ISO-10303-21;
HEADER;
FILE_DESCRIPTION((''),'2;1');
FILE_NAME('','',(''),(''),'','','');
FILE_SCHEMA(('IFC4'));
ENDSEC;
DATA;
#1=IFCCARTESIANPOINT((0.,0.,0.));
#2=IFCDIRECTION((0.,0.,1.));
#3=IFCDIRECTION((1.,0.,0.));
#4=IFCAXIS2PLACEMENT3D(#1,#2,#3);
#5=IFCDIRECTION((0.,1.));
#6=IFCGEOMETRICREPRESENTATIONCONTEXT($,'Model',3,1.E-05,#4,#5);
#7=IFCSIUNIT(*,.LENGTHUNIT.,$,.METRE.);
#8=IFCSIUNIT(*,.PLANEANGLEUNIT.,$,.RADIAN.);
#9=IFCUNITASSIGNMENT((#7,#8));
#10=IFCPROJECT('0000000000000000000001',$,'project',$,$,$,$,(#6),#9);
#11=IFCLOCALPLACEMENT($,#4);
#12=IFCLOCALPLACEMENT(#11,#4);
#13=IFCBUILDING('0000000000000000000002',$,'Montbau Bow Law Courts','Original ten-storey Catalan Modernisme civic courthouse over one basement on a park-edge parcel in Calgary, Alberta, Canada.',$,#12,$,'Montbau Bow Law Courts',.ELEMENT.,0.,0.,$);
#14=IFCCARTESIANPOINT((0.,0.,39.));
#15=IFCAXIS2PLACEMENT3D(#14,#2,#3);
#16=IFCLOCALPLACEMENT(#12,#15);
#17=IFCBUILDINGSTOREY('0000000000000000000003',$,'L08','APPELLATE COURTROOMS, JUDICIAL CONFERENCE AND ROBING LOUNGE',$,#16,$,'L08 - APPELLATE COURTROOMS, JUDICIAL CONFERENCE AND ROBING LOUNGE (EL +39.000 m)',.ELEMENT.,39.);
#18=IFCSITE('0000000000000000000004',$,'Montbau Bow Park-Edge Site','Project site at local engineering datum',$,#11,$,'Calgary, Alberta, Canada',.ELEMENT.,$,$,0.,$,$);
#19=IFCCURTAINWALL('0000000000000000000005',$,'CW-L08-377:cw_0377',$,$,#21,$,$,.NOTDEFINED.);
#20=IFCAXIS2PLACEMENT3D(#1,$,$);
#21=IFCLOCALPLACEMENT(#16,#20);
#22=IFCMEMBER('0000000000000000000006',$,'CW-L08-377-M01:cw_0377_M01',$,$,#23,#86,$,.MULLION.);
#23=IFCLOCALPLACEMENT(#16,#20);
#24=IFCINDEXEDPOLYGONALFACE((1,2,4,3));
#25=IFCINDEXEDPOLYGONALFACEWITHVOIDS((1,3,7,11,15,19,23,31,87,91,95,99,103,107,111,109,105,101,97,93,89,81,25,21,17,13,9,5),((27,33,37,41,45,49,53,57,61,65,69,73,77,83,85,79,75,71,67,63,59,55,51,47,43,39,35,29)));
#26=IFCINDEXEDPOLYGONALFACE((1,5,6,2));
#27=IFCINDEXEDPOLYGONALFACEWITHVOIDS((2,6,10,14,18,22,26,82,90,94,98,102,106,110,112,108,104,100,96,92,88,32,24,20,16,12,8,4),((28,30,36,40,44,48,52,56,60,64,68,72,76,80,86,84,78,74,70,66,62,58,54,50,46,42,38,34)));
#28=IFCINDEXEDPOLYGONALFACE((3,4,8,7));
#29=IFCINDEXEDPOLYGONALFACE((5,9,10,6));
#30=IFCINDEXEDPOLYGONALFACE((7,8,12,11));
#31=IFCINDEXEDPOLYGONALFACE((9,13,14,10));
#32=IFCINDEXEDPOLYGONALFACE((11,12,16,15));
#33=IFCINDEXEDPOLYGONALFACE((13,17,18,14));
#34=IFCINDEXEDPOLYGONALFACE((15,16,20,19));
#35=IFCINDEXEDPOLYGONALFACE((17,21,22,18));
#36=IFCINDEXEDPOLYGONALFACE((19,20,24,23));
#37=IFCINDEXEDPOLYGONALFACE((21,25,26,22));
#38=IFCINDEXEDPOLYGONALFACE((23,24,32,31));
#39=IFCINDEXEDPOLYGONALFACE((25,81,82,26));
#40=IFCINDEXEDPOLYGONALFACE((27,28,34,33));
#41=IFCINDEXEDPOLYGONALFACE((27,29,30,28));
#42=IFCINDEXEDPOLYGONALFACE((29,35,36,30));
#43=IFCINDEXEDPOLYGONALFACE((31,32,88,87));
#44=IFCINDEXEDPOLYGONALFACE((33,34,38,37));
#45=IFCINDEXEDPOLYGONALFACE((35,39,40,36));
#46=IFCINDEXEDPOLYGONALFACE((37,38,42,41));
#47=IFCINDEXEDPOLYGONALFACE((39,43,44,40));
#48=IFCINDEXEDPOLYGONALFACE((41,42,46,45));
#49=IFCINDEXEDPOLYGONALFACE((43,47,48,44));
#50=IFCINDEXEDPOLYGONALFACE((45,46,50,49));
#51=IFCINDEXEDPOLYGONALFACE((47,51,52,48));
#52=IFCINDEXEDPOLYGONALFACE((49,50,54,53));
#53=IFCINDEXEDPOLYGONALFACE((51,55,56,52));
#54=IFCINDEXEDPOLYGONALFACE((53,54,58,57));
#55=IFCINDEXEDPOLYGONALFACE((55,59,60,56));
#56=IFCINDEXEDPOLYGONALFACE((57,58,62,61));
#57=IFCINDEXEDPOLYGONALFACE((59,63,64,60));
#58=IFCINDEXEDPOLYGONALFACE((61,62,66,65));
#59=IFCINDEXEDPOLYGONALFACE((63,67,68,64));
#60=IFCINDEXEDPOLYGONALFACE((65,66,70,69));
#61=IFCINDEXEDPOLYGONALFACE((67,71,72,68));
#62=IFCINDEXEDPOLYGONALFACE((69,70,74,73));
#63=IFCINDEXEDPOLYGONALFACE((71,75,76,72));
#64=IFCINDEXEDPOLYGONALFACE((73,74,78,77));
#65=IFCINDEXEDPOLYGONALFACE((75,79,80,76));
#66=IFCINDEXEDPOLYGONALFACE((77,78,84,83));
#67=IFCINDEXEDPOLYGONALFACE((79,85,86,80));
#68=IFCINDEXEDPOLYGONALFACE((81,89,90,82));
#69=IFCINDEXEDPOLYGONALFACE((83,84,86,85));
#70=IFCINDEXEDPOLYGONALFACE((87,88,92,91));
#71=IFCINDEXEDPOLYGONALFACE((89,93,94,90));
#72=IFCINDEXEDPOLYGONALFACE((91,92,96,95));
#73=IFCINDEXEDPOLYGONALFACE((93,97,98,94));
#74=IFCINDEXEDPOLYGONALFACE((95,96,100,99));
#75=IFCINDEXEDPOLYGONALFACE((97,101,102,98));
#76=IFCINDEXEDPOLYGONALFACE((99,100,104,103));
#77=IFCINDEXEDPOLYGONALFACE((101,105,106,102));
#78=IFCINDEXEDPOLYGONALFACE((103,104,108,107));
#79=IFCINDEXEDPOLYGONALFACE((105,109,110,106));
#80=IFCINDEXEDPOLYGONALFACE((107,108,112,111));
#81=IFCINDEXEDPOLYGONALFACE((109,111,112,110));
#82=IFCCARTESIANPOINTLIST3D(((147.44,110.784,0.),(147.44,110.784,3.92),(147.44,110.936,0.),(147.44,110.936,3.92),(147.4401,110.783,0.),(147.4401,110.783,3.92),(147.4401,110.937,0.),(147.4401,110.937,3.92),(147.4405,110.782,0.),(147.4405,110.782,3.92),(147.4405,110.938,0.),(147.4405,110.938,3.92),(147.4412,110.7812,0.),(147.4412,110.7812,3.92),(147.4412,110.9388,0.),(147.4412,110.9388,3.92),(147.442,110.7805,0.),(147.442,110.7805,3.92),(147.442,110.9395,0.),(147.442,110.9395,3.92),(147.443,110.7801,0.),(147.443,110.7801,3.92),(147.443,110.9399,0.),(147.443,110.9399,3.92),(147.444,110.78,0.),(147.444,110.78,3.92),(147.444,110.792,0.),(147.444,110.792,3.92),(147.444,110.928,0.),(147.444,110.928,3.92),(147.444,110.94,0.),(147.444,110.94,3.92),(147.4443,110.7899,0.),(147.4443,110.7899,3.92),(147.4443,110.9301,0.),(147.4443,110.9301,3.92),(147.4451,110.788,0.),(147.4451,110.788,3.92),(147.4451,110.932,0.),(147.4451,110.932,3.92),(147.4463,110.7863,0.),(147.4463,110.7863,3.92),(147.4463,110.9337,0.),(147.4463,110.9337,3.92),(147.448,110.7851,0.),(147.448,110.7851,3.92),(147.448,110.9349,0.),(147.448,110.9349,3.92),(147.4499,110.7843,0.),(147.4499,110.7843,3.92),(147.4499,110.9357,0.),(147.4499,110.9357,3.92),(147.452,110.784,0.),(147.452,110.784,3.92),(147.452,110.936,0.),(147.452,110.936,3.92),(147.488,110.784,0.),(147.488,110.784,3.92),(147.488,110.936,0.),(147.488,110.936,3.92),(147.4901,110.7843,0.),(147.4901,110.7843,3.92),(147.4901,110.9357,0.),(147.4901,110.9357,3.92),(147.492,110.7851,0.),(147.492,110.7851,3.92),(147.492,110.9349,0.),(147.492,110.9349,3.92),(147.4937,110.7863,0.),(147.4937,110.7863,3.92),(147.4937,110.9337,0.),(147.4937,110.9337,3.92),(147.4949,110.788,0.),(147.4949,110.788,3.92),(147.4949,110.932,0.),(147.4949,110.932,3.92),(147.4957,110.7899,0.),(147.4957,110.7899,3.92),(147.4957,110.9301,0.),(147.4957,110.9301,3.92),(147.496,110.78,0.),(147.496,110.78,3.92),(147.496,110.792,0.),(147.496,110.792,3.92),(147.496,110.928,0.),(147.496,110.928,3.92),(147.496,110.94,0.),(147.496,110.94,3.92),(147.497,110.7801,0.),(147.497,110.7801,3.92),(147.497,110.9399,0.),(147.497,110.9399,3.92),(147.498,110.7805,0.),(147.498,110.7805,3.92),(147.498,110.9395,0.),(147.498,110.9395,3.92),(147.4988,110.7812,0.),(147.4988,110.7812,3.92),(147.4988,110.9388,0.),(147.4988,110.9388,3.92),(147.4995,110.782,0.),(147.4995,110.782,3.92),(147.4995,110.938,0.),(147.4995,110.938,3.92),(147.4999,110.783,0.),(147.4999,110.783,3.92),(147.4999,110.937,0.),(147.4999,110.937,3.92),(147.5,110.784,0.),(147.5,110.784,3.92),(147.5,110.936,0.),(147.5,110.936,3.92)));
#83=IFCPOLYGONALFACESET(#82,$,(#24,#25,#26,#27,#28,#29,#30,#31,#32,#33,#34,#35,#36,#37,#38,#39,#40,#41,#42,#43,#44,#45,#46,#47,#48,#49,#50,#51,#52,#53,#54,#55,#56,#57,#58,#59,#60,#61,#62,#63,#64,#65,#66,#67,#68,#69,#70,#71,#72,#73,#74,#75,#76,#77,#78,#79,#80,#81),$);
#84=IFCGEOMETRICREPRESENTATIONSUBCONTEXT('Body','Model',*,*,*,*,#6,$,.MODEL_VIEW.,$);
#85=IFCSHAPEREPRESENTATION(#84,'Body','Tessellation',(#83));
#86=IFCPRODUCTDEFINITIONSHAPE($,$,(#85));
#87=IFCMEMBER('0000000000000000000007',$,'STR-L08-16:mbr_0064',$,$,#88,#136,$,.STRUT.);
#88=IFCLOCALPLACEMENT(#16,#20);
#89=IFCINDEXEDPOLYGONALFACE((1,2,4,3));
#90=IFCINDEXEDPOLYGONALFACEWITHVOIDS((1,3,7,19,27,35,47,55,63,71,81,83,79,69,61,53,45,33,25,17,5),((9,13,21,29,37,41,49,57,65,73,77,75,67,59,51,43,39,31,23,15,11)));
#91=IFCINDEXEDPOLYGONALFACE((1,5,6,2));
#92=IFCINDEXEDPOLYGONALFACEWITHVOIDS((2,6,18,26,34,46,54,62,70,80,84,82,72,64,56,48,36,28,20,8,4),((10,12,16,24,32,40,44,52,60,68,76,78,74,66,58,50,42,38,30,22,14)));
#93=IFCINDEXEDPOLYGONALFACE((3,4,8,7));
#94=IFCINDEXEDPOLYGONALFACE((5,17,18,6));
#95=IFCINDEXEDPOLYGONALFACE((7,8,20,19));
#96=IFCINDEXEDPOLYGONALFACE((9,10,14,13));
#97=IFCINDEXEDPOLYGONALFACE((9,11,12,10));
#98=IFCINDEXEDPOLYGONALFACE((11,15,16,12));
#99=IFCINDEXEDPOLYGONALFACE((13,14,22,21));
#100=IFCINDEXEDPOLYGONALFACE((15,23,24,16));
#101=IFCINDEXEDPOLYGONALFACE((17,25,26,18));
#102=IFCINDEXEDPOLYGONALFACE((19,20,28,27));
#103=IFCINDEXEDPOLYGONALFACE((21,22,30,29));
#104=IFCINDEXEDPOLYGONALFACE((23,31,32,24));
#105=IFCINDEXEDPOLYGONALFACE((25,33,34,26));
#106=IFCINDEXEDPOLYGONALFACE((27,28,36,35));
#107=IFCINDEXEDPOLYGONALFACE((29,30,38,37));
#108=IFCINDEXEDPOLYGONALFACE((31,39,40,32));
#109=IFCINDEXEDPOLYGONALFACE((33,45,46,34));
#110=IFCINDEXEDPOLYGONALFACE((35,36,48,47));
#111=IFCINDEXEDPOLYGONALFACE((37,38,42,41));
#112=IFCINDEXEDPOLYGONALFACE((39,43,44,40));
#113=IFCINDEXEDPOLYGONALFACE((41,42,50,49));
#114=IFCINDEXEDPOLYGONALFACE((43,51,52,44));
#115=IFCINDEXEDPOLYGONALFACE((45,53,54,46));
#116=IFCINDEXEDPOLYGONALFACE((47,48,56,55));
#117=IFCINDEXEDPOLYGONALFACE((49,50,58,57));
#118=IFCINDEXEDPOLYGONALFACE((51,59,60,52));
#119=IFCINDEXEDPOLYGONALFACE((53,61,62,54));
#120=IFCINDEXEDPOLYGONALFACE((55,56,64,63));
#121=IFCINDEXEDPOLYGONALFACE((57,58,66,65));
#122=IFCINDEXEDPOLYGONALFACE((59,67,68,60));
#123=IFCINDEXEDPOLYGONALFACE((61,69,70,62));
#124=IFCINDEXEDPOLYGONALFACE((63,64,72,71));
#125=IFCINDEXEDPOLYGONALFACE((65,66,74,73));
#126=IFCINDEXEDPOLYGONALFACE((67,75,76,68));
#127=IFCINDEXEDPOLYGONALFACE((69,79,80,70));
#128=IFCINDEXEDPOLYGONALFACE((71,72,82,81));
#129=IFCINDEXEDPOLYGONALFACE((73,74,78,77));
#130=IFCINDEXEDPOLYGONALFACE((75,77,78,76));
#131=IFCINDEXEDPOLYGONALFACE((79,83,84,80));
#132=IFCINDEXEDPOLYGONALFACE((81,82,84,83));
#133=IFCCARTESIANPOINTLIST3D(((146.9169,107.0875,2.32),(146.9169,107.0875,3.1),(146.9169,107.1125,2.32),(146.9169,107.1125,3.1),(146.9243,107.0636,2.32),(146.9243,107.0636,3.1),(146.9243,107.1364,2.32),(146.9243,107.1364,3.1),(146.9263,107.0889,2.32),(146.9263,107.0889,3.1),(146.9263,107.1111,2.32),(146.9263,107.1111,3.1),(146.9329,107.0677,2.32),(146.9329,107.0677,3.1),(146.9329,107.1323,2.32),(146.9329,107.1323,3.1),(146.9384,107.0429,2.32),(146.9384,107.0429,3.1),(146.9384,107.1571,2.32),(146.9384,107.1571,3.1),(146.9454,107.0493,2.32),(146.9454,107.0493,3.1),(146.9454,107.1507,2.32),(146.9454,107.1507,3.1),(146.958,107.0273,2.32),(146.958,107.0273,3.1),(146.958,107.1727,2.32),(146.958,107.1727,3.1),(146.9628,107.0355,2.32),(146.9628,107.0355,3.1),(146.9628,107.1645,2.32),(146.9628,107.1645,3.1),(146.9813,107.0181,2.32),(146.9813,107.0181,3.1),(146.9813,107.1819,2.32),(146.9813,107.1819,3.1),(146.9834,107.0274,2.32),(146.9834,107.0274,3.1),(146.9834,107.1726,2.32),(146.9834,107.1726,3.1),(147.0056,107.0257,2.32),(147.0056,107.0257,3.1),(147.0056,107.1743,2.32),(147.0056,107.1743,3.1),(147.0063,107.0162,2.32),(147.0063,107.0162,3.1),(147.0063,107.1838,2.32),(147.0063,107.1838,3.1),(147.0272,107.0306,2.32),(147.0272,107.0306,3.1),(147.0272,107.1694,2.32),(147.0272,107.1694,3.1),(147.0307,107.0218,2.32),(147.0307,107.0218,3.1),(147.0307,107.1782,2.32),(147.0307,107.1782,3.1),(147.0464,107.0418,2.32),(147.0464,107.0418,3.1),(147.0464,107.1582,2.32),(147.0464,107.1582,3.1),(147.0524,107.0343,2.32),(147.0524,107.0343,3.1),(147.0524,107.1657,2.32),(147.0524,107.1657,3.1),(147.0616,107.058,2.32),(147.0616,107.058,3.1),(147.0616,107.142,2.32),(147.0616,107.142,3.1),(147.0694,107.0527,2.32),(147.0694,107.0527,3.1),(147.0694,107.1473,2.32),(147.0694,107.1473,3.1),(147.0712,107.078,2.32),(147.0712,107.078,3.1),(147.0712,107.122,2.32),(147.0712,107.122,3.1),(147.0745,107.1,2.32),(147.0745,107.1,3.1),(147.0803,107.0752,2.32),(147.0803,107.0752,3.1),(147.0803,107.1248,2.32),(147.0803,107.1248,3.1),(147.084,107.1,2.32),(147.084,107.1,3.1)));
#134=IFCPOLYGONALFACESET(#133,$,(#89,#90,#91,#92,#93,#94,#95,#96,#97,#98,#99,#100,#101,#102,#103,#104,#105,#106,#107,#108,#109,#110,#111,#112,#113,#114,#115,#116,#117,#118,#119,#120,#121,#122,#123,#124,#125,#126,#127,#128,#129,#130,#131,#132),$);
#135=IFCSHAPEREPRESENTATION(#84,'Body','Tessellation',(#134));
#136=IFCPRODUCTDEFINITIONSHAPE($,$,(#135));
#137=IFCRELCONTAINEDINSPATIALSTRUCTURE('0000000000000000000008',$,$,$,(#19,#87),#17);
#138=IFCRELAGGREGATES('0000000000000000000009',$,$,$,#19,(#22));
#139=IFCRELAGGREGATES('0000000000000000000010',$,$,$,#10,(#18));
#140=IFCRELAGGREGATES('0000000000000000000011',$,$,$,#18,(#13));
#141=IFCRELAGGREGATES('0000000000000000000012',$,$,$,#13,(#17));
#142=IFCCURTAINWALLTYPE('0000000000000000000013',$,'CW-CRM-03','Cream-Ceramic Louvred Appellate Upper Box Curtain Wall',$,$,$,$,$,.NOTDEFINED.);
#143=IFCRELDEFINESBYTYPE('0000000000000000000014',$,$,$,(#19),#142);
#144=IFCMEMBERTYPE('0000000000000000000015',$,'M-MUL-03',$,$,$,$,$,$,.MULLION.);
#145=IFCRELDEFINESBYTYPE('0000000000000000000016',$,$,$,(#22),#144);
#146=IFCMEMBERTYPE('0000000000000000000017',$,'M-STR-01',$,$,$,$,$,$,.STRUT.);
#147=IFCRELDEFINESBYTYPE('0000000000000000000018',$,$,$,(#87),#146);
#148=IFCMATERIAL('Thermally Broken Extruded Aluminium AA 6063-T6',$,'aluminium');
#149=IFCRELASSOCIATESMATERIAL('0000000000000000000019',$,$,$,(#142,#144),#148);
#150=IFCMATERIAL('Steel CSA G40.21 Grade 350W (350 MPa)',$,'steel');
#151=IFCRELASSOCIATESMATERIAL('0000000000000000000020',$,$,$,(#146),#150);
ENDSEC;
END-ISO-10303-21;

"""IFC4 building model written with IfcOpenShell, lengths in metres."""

from ifc_helpers import new_model, si_unit, direction, frame, origin_with_axes, origin_2d_with_axis, place, context, subcontext, project, spatial, hollow_rectangle, hollow_circle, extrude, material, material_profile, profile_set, type_object, element, aggregate, save


model = new_model("IFC4")

# Units and contexts
model_context = context("Model", 3, precision=1e-05, world=origin_with_axes(), true_north=direction((0.0, 1.0)))
body_context = subcontext(model_context, "Body", "Model", "MODEL_VIEW")
ifc_project = project(units=[si_unit("LENGTHUNIT", "METRE"), si_unit("PLANEANGLEUNIT", "RADIAN")], contexts=[model_context])

# Site, building, storey
site_placement = place(None, origin_with_axes())
site = spatial("IfcSite", under=ifc_project, at=site_placement, Name="Montbau Bow Park-Edge Site", Description="Project site at local engineering datum", LongName="Calgary, Alberta, Canada", CompositionType="ELEMENT", RefElevation=0.0)
building_placement = place(site_placement, origin_with_axes())
building = spatial("IfcBuilding", under=site, at=building_placement, Name="Montbau Bow Law Courts", Description="Original ten-storey Catalan Modernisme civic courthouse over one basement on a park-edge parcel in Calgary, Alberta, Canada.", LongName="Montbau Bow Law Courts", CompositionType="ELEMENT", ElevationOfRefHeight=0.0, ElevationOfTerrain=0.0)
storey_placement = place(building_placement, frame((0.0, 0.0, 39.0), z_axis=(0.0, 0.0, 1.0), x_axis=(1.0, 0.0, 0.0)))
storey = spatial("IfcBuildingStorey", under=building, at=storey_placement, Name="L08", Description="APPELLATE COURTROOMS, JUDICIAL CONFERENCE AND ROBING LOUNGE", LongName="L08 - APPELLATE COURTROOMS, JUDICIAL CONFERENCE AND ROBING LOUNGE (EL +39.000 m)", CompositionType="ELEMENT", Elevation=39.0)

# Shared definitions
ifc_material_1 = material(Name="Steel CSA G40.21 Grade 350W (350 MPa)", Category="steel")

# Shared definitions
ifc_material_2 = material(Name="Thermally Broken Extruded Aluminium AA 6063-T6", Category="aluminium")
curtain_wall_type = type_object("IfcCurtainWallType", Name="CW-CRM-03", Description="Cream-Ceramic Louvred Appellate Upper Box Curtain Wall", PredefinedType="NOTDEFINED", material=ifc_material_2)

# Curtain wall, member
curtain_wall_1_placement = place(None, frame((147.44, 110.86, 39.0), z_axis=(0.0, 0.0, 1.0), x_axis=(1.0, 0.0, 0.0)))
curtain_wall_1 = element("IfcCurtainWall", 1, at=curtain_wall_1_placement, inside=storey, type_object=curtain_wall_type, Name="CW-L08-377:cw_0377", PredefinedType="NOTDEFINED")
ifc_material_profile_1 = material_profile(ifc_material_2, hollow_rectangle(XDim=0.06, YDim=0.16, WallThickness=0.004, InnerFilletRadius=0.008, OuterFilletRadius=0.004, at=origin_2d_with_axis()), Name="CWM-160X60", Category="Main", Priority=0)
ifc_profile_set_1 = profile_set([ifc_material_profile_1], Name="Thermally Broken Extruded Aluminium AA 6063-T6")
member_type_1 = type_object("IfcMemberType", Name="M-MUL-03", PredefinedType="MULLION", material=ifc_profile_set_1)
member_1_placement = place(None, frame((147.47, 110.86, 39.0), z_axis=(0.0, 0.0, 1.0), x_axis=(1.0, 0.0, 0.0)))
member_1 = element("IfcMember", 2, at=member_1_placement, type_object=member_type_1, Name="CW-L08-377-M01:cw_0377_M01", PredefinedType="MULLION", context=body_context, shape_type="SweptSolid", body=[
    extrude(hollow_rectangle(XDim=0.06, YDim=0.16, WallThickness=0.004, InnerFilletRadius=0.008, OuterFilletRadius=0.004, at=origin_2d_with_axis()), origin_with_axes(), (0.0, 0.0, 1.0), 3.92),
])

# Member
ifc_material_profile_2 = material_profile(ifc_material_1, hollow_circle(Radius=0.084, WallThickness=0.0095, at=origin_2d_with_axis()), Name="HSS168X9.5", Category="Main", Priority=0)
ifc_profile_set_2 = profile_set([ifc_material_profile_2], Name="Steel CSA G40.21 Grade 350W (350 MPa)")
member_type_2 = type_object("IfcMemberType", Name="M-STR-01", PredefinedType="STRUT", material=ifc_profile_set_2)
member_2_placement = place(None, frame((147.0, 107.1, 41.32), z_axis=(0.0, 0.0, 1.0), x_axis=(1.0, 0.0, 0.0)))
element("IfcMember", 3, at=member_2_placement, inside=storey, type_object=member_type_2, Name="STR-L08-16:mbr_0064", PredefinedType="STRUT", context=body_context, shape_type="SweptSolid", body=[
    extrude(hollow_circle(Radius=0.084, WallThickness=0.0095, at=origin_2d_with_axis()), origin_with_axes(), (0.0, 0.0, 1.0), 0.78),
])

aggregate(curtain_wall_1, [member_1])

save(model, "model.ifc")
